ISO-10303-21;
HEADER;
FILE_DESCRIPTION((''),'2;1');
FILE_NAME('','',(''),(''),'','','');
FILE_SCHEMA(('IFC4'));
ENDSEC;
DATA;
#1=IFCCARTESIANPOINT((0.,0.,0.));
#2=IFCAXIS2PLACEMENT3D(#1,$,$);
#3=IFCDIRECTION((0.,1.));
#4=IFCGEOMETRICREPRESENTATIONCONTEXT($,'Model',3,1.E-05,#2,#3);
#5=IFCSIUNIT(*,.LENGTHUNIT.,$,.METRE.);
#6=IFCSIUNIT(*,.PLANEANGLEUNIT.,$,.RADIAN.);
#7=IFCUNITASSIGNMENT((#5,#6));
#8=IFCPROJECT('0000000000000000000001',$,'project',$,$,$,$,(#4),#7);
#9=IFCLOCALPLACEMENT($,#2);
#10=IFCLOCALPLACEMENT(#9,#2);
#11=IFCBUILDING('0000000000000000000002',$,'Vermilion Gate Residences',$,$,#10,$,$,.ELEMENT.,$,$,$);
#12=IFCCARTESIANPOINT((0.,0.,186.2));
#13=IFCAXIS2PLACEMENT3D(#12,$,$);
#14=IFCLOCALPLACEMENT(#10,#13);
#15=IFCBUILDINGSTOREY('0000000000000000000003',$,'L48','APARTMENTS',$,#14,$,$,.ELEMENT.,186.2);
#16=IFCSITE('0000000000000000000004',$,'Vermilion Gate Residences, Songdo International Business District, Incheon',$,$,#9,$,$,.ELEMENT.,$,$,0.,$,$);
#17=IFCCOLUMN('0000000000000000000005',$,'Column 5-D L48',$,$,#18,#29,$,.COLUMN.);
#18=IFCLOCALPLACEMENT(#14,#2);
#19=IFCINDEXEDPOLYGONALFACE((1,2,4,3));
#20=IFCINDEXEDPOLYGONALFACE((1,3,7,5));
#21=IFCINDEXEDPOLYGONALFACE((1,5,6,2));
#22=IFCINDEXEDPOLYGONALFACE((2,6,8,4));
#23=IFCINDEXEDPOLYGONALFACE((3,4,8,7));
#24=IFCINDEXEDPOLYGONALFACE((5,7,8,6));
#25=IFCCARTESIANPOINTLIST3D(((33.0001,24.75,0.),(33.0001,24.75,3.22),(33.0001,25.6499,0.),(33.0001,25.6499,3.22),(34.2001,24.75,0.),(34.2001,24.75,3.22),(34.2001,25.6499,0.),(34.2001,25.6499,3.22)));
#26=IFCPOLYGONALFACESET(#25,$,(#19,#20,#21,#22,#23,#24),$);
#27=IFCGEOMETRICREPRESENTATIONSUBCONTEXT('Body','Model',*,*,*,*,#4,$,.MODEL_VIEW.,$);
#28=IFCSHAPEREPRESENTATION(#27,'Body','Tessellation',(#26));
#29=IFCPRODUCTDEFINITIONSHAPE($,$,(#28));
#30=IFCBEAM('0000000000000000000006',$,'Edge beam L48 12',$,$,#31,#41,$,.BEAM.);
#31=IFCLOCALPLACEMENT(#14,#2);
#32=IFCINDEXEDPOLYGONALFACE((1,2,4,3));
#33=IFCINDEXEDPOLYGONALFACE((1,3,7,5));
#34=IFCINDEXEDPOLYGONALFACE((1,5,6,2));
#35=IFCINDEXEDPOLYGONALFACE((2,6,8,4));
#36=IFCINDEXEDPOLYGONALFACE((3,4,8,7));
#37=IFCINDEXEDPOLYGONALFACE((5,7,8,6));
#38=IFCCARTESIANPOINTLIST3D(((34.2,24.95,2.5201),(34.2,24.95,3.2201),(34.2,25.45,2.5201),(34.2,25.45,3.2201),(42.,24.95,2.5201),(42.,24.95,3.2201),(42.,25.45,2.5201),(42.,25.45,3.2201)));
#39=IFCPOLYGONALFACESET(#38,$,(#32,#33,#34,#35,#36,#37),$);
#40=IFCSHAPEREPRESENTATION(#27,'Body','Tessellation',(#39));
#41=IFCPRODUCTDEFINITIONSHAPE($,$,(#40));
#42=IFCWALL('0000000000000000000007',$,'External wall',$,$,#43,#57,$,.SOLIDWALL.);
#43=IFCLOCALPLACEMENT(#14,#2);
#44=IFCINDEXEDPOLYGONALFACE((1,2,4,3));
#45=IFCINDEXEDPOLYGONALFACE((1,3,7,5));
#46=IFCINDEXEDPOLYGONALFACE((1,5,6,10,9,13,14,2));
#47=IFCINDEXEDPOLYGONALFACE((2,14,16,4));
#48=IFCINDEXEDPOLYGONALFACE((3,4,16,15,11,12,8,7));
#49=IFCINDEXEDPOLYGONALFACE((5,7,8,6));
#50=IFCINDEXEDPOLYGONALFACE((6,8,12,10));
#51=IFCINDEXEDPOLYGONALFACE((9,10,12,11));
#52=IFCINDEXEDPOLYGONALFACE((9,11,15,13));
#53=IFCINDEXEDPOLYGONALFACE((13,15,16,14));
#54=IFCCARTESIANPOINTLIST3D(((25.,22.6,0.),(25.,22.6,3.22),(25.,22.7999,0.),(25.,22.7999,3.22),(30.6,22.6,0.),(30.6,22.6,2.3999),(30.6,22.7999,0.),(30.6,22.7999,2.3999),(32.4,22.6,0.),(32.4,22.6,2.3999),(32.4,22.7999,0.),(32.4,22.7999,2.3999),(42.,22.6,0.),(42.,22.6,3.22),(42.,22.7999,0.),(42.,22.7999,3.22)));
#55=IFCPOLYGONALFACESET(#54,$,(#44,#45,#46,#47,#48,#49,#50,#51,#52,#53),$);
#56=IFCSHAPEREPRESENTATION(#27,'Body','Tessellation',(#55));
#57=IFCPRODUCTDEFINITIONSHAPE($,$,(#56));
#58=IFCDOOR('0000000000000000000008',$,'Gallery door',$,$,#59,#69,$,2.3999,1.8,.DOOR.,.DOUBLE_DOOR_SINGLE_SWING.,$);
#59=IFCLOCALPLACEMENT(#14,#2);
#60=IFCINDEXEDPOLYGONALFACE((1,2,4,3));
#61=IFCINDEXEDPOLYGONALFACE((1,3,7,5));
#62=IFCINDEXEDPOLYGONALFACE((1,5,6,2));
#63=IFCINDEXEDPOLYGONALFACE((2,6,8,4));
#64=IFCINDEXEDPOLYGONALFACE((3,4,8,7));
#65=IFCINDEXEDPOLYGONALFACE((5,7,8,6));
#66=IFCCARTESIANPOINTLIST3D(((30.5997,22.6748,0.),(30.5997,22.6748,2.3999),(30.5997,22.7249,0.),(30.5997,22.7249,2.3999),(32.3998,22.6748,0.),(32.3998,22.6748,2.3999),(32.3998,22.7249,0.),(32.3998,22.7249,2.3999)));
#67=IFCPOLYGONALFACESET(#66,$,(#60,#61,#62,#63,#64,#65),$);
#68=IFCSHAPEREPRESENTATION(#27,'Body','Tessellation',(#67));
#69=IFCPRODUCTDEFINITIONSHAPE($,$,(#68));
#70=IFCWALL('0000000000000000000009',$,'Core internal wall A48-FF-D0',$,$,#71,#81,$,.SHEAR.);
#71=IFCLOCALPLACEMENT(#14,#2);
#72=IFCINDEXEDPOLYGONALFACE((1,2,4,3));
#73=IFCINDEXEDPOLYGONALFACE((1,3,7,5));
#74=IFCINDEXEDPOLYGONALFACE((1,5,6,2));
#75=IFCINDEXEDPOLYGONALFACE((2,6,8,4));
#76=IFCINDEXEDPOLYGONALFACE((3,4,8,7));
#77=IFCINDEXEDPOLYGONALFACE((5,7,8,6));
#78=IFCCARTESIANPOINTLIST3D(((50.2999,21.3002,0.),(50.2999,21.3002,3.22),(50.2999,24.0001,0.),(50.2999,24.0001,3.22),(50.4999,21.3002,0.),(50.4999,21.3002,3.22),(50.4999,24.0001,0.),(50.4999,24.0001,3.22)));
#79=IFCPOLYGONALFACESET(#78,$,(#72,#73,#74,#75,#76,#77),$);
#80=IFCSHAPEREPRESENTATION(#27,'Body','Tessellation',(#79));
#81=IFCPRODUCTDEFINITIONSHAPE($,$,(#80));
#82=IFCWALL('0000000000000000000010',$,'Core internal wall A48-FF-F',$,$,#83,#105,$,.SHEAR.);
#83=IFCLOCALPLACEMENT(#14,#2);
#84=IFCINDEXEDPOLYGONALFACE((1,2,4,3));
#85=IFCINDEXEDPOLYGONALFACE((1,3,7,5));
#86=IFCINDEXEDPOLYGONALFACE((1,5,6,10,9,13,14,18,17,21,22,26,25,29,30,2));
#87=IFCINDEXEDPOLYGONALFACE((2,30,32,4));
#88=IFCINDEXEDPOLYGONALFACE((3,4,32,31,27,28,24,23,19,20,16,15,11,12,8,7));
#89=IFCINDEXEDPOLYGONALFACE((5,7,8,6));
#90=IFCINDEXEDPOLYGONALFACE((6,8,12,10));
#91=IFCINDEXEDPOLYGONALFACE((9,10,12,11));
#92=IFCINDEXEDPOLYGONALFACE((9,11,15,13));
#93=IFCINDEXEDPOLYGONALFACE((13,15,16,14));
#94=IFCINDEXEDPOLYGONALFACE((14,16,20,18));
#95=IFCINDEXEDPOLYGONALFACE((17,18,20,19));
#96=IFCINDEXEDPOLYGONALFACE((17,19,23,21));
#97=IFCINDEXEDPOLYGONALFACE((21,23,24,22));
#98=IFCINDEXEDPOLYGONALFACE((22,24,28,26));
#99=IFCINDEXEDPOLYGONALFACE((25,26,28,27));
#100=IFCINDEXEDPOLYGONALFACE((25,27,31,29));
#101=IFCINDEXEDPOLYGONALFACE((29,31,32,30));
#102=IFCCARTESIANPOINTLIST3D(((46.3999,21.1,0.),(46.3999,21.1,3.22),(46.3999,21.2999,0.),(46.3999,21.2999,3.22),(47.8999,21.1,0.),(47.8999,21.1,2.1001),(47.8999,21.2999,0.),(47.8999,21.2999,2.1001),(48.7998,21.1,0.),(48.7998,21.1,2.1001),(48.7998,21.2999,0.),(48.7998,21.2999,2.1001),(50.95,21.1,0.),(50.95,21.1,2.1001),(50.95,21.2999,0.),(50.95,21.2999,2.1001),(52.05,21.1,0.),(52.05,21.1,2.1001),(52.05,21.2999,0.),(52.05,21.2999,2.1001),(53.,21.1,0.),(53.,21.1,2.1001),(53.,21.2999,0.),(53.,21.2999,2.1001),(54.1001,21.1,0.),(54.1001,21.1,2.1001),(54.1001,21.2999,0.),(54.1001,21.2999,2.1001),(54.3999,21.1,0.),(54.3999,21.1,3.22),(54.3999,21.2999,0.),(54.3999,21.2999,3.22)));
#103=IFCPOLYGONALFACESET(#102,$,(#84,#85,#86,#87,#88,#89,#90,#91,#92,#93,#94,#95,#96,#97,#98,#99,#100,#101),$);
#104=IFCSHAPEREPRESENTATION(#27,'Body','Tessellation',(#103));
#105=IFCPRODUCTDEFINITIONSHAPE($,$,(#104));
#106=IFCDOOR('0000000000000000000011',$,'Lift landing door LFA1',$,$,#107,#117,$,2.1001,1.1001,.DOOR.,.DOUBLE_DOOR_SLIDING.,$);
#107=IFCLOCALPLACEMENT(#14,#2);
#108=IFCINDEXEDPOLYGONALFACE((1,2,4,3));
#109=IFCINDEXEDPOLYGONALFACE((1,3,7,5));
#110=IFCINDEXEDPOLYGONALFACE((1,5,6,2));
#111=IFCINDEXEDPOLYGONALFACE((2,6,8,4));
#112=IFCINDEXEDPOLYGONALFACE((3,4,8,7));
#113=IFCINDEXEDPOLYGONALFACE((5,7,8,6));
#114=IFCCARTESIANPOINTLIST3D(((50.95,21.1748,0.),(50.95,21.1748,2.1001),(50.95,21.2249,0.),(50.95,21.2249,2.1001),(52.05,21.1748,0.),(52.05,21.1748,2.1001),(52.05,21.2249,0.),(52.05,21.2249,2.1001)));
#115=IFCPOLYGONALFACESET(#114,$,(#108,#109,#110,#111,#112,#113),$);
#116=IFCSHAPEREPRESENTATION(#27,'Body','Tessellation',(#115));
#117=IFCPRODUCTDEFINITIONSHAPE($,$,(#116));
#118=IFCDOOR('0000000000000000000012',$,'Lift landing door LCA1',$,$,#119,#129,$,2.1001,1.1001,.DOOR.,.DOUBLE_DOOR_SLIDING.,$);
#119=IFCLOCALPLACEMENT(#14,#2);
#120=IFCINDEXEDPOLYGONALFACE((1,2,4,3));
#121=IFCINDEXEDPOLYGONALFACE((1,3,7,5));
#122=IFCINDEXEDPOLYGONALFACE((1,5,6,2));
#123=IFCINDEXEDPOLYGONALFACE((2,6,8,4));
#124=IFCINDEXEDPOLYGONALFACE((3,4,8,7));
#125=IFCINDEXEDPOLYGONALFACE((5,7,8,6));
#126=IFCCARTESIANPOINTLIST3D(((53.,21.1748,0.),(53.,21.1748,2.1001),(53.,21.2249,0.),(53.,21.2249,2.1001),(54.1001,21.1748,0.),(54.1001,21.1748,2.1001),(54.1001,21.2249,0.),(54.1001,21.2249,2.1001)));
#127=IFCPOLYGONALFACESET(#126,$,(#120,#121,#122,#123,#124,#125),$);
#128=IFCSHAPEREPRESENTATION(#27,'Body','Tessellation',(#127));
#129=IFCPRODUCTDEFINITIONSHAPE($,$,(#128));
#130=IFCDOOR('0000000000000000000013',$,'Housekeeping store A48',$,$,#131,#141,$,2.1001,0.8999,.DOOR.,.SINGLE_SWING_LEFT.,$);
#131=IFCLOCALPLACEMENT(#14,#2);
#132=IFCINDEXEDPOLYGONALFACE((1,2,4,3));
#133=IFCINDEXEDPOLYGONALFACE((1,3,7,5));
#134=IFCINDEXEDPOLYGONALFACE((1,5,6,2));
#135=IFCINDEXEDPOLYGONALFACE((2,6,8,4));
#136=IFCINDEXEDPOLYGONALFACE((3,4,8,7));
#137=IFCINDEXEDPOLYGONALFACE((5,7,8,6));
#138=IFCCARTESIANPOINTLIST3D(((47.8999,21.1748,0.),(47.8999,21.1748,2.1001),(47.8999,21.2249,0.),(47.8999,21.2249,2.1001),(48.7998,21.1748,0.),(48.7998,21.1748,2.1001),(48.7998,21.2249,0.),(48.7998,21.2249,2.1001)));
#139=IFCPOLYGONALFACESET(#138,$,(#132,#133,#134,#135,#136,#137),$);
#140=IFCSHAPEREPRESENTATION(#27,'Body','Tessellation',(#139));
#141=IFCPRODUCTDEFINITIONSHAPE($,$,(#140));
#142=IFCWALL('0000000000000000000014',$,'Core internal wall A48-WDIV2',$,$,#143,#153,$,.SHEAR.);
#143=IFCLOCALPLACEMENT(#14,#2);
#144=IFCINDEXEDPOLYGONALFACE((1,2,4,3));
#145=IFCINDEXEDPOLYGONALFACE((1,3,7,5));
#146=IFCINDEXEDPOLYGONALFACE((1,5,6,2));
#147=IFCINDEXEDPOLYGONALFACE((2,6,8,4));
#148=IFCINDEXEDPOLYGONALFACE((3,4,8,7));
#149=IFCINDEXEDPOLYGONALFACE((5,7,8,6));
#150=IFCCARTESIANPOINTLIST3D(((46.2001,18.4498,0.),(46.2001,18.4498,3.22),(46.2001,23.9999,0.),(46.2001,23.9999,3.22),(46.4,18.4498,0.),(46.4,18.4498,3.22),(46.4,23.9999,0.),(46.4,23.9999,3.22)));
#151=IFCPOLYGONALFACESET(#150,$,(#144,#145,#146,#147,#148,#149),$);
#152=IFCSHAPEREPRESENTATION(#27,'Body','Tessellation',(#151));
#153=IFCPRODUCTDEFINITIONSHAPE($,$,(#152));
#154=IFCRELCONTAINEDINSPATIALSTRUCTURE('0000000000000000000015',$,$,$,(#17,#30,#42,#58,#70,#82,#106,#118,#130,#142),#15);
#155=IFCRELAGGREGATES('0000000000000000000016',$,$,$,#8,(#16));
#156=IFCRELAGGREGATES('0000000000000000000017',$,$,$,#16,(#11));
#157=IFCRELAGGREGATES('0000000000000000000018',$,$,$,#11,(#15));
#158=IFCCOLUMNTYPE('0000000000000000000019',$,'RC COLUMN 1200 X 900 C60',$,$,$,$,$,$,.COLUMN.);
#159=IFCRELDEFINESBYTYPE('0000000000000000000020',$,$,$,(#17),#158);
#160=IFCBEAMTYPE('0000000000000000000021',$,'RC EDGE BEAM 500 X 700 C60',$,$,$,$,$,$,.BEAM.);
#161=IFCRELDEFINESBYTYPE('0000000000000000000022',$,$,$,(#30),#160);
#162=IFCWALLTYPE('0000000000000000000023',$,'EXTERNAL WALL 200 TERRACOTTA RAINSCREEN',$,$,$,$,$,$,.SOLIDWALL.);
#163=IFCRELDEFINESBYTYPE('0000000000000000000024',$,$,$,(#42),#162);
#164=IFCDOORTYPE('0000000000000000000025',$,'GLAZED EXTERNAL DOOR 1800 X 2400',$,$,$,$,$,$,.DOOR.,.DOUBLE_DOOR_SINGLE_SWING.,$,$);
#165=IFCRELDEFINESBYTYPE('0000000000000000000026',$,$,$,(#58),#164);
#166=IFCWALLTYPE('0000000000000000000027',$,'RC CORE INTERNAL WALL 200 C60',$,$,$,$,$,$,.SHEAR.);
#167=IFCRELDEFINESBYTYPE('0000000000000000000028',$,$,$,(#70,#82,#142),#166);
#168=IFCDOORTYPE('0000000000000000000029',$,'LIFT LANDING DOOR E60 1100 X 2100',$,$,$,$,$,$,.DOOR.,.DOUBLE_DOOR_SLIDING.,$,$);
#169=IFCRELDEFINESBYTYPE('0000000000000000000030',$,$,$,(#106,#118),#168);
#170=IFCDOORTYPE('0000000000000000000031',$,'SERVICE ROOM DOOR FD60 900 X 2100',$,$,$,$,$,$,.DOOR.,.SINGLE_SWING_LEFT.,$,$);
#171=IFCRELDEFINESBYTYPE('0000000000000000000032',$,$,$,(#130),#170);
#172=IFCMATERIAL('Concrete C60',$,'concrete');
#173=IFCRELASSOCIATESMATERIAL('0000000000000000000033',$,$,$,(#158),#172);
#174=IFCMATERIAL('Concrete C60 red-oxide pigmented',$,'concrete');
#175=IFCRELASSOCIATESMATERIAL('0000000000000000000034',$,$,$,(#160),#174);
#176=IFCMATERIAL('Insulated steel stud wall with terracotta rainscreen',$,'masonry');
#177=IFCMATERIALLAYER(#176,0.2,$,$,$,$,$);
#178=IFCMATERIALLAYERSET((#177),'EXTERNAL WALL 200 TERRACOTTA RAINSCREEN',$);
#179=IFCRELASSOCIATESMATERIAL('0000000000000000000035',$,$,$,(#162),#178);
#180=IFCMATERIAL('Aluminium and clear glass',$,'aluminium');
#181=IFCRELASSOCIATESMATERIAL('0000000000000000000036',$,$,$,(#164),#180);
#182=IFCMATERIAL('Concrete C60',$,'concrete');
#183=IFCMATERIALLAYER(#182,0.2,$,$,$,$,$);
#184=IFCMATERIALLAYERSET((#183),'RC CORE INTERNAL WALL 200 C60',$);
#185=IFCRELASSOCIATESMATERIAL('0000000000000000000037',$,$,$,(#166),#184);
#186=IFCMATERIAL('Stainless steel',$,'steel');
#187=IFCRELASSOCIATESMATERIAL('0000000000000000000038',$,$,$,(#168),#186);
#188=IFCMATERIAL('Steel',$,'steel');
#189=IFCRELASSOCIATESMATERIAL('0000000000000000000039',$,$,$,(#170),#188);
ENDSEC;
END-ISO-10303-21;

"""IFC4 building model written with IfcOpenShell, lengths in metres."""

from ifc_helpers import new_model, si_unit, direction, frame, frame_2d, origin, origin_2d, place, context, subcontext, project, spatial, rectangle, extrude, material, layer, layer_set, material_profile, profile_set, type_object, element, fill, save


model = new_model("IFC4")

# Units and contexts
model_context = context("Model", 3, precision=1e-05, world=origin(), true_north=direction((0.0, 1.0)))
body_context = subcontext(model_context, "Body", "Model", "MODEL_VIEW")
ifc_project = project(units=[si_unit("LENGTHUNIT", "METRE"), si_unit("PLANEANGLEUNIT", "RADIAN")], contexts=[model_context])

# Site, building, storey
site_placement = place(None, origin())
site = spatial("IfcSite", under=ifc_project, at=site_placement, Name="Vermilion Gate Residences, Songdo International Business District, Incheon", CompositionType="ELEMENT", RefElevation=0.0)
building_placement = place(site_placement, origin())
building = spatial("IfcBuilding", under=site, at=building_placement, Name="Vermilion Gate Residences", CompositionType="ELEMENT")
storey_placement = place(building_placement, frame((0.0, 0.0, 186.2)))
storey = spatial("IfcBuildingStorey", under=building, at=storey_placement, Name="L48", Description="APARTMENTS", CompositionType="ELEMENT", Elevation=186.2)

# Column
ifc_material_1 = material(Name="Concrete C60", Category="concrete")
ifc_material_profile_1 = material_profile(ifc_material_1, rectangle(XDim=1.2, YDim=0.8999, at=origin_2d()), Name="RC-1200x900")
ifc_profile_set_1 = profile_set([ifc_material_profile_1], Name="Concrete C60")
column_type = type_object("IfcColumnType", Name="RC COLUMN 1200 X 900 C60", PredefinedType="COLUMN", material=ifc_profile_set_1)
column_placement = place(storey_placement, frame((33.6001, 25.2, 0.0), z_axis=(0.0, 0.0, 1.0), x_axis=(1.0, 0.0, 0.0)))
element("IfcColumn", 1, at=column_placement, inside=storey, type_object=column_type, Name="Column 5-D L48", PredefinedType="COLUMN", context=body_context, shape_type="SweptSolid", body=[
    extrude(rectangle(XDim=1.2, YDim=0.8999, at=origin_2d()), origin(), (0.0, 0.0, 1.0), 3.22),
])

# Beam
ifc_material_2 = material(Name="Concrete C60 red-oxide pigmented", Category="concrete")
ifc_material_profile_2 = material_profile(ifc_material_2, rectangle(XDim=0.5, YDim=0.7, at=origin_2d()), Name="RC-500x700")
ifc_profile_set_2 = profile_set([ifc_material_profile_2], Name="Concrete C60 red-oxide pigmented")
beam_type = type_object("IfcBeamType", Name="RC EDGE BEAM 500 X 700 C60", PredefinedType="BEAM", material=ifc_profile_set_2)
beam_placement = place(storey_placement, frame((34.2, 25.2, 2.8701), z_axis=(1.0, 0.0, 0.0), x_axis=(0.0, 1.0, 0.0)))
element("IfcBeam", 2, at=beam_placement, inside=storey, type_object=beam_type, Name="Edge beam L48 12", PredefinedType="BEAM", context=body_context, shape_type="SweptSolid", body=[
    extrude(rectangle(XDim=0.5, YDim=0.7, at=origin_2d()), origin(), (0.0, 0.0, 1.0), 7.8),
])

# Wall, opening, door
ifc_material_3 = material(Name="Insulated steel stud wall with terracotta rainscreen", Category="masonry")
ifc_layer_1 = layer(ifc_material_3, 0.2)
ifc_layer_set_1 = layer_set([ifc_layer_1], Name="EXTERNAL WALL 200 TERRACOTTA RAINSCREEN")
wall_type_1 = type_object("IfcWallType", Name="EXTERNAL WALL 200 TERRACOTTA RAINSCREEN", PredefinedType="SOLIDWALL", material=ifc_layer_set_1)
wall_1_placement = place(storey_placement, frame((42.0, 22.7, 0.0), z_axis=(0.0, 0.0, 1.0), x_axis=(-1.0, 0.0, 0.0)))
wall_1 = element("IfcWall", 3, at=wall_1_placement, inside=storey, type_object=wall_type_1, Name="External wall", PredefinedType="SOLIDWALL", context=body_context, shape_type="SweptSolid", body=[
    extrude(rectangle(XDim=17.0, YDim=0.2, at=frame_2d((8.5, 0.0))), origin(), (0.0, 0.0, 1.0), 3.22),
])
opening_1_placement = place(wall_1_placement, frame((9.6001, 0.0, 0.0)))
opening_1 = element("IfcOpeningElement", 4, at=opening_1_placement, cuts=wall_1, PredefinedType="OPENING", context=body_context, shape_type="SweptSolid", body=[
    extrude(rectangle(XDim=1.8, YDim=2.3999, at=frame_2d((0.8999, 1.2))), frame((0.0, 0.1099, 0.0), z_axis=(0.0, -1.0, 0.0), x_axis=(1.0, 0.0, 0.0)), (0.0, 0.0, 1.0), 0.22),
])
ifc_material_4 = material(Name="Aluminium and clear glass", Category="aluminium")
door_type_1 = type_object("IfcDoorType", Name="GLAZED EXTERNAL DOOR 1800 X 2400", OperationType="DOUBLE_DOOR_SINGLE_SWING", PredefinedType="DOOR", material=ifc_material_4)
door_1_placement = place(opening_1_placement, frame((1.8, 0.0, 0.0), z_axis=(0.0, 0.0, 1.0), x_axis=(-1.0, 0.0, 0.0)))
door_1 = element("IfcDoor", 5, at=door_1_placement, inside=storey, type_object=door_type_1, Name="Gallery door", OperationType="DOUBLE_DOOR_SINGLE_SWING", OverallHeight=2.3999, OverallWidth=1.8, PredefinedType="DOOR", context=body_context, shape_type="SweptSolid", body=[
    extrude(rectangle(XDim=1.8, YDim=2.3999, at=frame_2d((0.8999, 1.2))), frame((0.0, 0.0249, 0.0), z_axis=(0.0, -1.0, 0.0), x_axis=(1.0, 0.0, 0.0)), (0.0, 0.0, 1.0), 0.05),
])
fill(opening_1, door_1)

# Wall
ifc_material_5 = material(Name="Concrete C60", Category="concrete")
ifc_layer_2 = layer(ifc_material_5, 0.2)
ifc_layer_set_2 = layer_set([ifc_layer_2], Name="RC CORE INTERNAL WALL 200 C60")
wall_type_2 = type_object("IfcWallType", Name="RC CORE INTERNAL WALL 200 C60", PredefinedType="SHEAR", material=ifc_layer_set_2)
wall_2_placement = place(storey_placement, frame((50.3999, 21.3, 0.0), z_axis=(0.0, 0.0, 1.0), x_axis=(0.0, 1.0, 0.0)))
element("IfcWall", 6, at=wall_2_placement, inside=storey, type_object=wall_type_2, Name="Core internal wall A48-FF-D0", PredefinedType="SHEAR", context=body_context, shape_type="SweptSolid", body=[
    extrude(rectangle(XDim=2.7, YDim=0.2, at=frame_2d((1.3501, 0.0))), origin(), (0.0, 0.0, 1.0), 3.22),
])

# Wall, openings, doors
wall_3_placement = place(storey_placement, frame((46.3999, 21.2, 0.0), z_axis=(0.0, 0.0, 1.0), x_axis=(1.0, 0.0, 0.0)))
wall_3 = element("IfcWall", 7, at=wall_3_placement, inside=storey, type_object=wall_type_2, Name="Core internal wall A48-FF-F", PredefinedType="SHEAR", context=body_context, shape_type="SweptSolid", body=[
    extrude(rectangle(XDim=8.0, YDim=0.2, at=frame_2d((4.0, 0.0))), origin(), (0.0, 0.0, 1.0), 3.22),
])
opening_2_placement = place(wall_3_placement, frame((1.5, 0.0, 0.0)))
opening_2 = element("IfcOpeningElement", 8, at=opening_2_placement, cuts=wall_3, PredefinedType="OPENING", context=body_context, shape_type="SweptSolid", body=[
    extrude(rectangle(XDim=0.8999, YDim=2.1001, at=frame_2d((0.45, 1.05))), frame((0.0, 0.1099, 0.0), z_axis=(0.0, -1.0, 0.0), x_axis=(1.0, 0.0, 0.0)), (0.0, 0.0, 1.0), 0.22),
])
opening_3_placement = place(wall_3_placement, frame((4.55, 0.0, 0.0)))
opening_3 = element("IfcOpeningElement", 9, at=opening_3_placement, cuts=wall_3, PredefinedType="OPENING", context=body_context, shape_type="SweptSolid", body=[
    extrude(rectangle(XDim=1.1001, YDim=2.1001, at=frame_2d((0.55, 1.05))), frame((0.0, 0.1099, 0.0), z_axis=(0.0, -1.0, 0.0), x_axis=(1.0, 0.0, 0.0)), (0.0, 0.0, 1.0), 0.22),
])
opening_4_placement = place(wall_3_placement, frame((6.6001, 0.0, 0.0)))
opening_4 = element("IfcOpeningElement", 10, at=opening_4_placement, cuts=wall_3, PredefinedType="OPENING", context=body_context, shape_type="SweptSolid", body=[
    extrude(rectangle(XDim=1.1001, YDim=2.1001, at=frame_2d((0.55, 1.05))), frame((0.0, 0.1099, 0.0), z_axis=(0.0, -1.0, 0.0), x_axis=(1.0, 0.0, 0.0)), (0.0, 0.0, 1.0), 0.22),
])
ifc_material_6 = material(Name="Stainless steel", Category="steel")
door_type_2 = type_object("IfcDoorType", Name="LIFT LANDING DOOR E60 1100 X 2100", OperationType="DOUBLE_DOOR_SLIDING", PredefinedType="DOOR", material=ifc_material_6)
door_2_placement = place(opening_3_placement, origin())
door_2 = element("IfcDoor", 11, at=door_2_placement, inside=storey, type_object=door_type_2, Name="Lift landing door LFA1", OperationType="DOUBLE_DOOR_SLIDING", OverallHeight=2.1001, OverallWidth=1.1001, PredefinedType="DOOR", context=body_context, shape_type="SweptSolid", body=[
    extrude(rectangle(XDim=1.1001, YDim=2.1001, at=frame_2d((0.55, 1.05))), frame((0.0, 0.0249, 0.0), z_axis=(0.0, -1.0, 0.0), x_axis=(1.0, 0.0, 0.0)), (0.0, 0.0, 1.0), 0.05),
])
fill(opening_3, door_2)
door_3_placement = place(opening_4_placement, origin())
door_3 = element("IfcDoor", 12, at=door_3_placement, inside=storey, type_object=door_type_2, Name="Lift landing door LCA1", OperationType="DOUBLE_DOOR_SLIDING", OverallHeight=2.1001, OverallWidth=1.1001, PredefinedType="DOOR", context=body_context, shape_type="SweptSolid", body=[
    extrude(rectangle(XDim=1.1001, YDim=2.1001, at=frame_2d((0.55, 1.05))), frame((0.0, 0.0249, 0.0), z_axis=(0.0, -1.0, 0.0), x_axis=(1.0, 0.0, 0.0)), (0.0, 0.0, 1.0), 0.05),
])
fill(opening_4, door_3)
ifc_material_7 = material(Name="Steel", Category="steel")
door_type_3 = type_object("IfcDoorType", Name="SERVICE ROOM DOOR FD60 900 X 2100", OperationType="SINGLE_SWING_LEFT", PredefinedType="DOOR", material=ifc_material_7)
door_4_placement = place(opening_2_placement, origin())
door_4 = element("IfcDoor", 13, at=door_4_placement, inside=storey, type_object=door_type_3, Name="Housekeeping store A48", OperationType="SINGLE_SWING_LEFT", OverallHeight=2.1001, OverallWidth=0.8999, PredefinedType="DOOR", context=body_context, shape_type="SweptSolid", body=[
    extrude(rectangle(XDim=0.8999, YDim=2.1001, at=frame_2d((0.45, 1.05))), frame((0.0, 0.0249, 0.0), z_axis=(0.0, -1.0, 0.0), x_axis=(1.0, 0.0, 0.0)), (0.0, 0.0, 1.0), 0.05),
])
fill(opening_2, door_4)

# Wall
wall_4_placement = place(storey_placement, frame((46.3, 18.45, 0.0), z_axis=(0.0, 0.0, 1.0), x_axis=(0.0, 1.0, 0.0)))
element("IfcWall", 14, at=wall_4_placement, inside=storey, type_object=wall_type_2, Name="Core internal wall A48-WDIV2", PredefinedType="SHEAR", context=body_context, shape_type="SweptSolid", body=[
    extrude(rectangle(XDim=5.55, YDim=0.2, at=frame_2d((2.7749, 0.0))), origin(), (0.0, 0.0, 1.0), 3.22),
])

save(model, "model.ifc")
